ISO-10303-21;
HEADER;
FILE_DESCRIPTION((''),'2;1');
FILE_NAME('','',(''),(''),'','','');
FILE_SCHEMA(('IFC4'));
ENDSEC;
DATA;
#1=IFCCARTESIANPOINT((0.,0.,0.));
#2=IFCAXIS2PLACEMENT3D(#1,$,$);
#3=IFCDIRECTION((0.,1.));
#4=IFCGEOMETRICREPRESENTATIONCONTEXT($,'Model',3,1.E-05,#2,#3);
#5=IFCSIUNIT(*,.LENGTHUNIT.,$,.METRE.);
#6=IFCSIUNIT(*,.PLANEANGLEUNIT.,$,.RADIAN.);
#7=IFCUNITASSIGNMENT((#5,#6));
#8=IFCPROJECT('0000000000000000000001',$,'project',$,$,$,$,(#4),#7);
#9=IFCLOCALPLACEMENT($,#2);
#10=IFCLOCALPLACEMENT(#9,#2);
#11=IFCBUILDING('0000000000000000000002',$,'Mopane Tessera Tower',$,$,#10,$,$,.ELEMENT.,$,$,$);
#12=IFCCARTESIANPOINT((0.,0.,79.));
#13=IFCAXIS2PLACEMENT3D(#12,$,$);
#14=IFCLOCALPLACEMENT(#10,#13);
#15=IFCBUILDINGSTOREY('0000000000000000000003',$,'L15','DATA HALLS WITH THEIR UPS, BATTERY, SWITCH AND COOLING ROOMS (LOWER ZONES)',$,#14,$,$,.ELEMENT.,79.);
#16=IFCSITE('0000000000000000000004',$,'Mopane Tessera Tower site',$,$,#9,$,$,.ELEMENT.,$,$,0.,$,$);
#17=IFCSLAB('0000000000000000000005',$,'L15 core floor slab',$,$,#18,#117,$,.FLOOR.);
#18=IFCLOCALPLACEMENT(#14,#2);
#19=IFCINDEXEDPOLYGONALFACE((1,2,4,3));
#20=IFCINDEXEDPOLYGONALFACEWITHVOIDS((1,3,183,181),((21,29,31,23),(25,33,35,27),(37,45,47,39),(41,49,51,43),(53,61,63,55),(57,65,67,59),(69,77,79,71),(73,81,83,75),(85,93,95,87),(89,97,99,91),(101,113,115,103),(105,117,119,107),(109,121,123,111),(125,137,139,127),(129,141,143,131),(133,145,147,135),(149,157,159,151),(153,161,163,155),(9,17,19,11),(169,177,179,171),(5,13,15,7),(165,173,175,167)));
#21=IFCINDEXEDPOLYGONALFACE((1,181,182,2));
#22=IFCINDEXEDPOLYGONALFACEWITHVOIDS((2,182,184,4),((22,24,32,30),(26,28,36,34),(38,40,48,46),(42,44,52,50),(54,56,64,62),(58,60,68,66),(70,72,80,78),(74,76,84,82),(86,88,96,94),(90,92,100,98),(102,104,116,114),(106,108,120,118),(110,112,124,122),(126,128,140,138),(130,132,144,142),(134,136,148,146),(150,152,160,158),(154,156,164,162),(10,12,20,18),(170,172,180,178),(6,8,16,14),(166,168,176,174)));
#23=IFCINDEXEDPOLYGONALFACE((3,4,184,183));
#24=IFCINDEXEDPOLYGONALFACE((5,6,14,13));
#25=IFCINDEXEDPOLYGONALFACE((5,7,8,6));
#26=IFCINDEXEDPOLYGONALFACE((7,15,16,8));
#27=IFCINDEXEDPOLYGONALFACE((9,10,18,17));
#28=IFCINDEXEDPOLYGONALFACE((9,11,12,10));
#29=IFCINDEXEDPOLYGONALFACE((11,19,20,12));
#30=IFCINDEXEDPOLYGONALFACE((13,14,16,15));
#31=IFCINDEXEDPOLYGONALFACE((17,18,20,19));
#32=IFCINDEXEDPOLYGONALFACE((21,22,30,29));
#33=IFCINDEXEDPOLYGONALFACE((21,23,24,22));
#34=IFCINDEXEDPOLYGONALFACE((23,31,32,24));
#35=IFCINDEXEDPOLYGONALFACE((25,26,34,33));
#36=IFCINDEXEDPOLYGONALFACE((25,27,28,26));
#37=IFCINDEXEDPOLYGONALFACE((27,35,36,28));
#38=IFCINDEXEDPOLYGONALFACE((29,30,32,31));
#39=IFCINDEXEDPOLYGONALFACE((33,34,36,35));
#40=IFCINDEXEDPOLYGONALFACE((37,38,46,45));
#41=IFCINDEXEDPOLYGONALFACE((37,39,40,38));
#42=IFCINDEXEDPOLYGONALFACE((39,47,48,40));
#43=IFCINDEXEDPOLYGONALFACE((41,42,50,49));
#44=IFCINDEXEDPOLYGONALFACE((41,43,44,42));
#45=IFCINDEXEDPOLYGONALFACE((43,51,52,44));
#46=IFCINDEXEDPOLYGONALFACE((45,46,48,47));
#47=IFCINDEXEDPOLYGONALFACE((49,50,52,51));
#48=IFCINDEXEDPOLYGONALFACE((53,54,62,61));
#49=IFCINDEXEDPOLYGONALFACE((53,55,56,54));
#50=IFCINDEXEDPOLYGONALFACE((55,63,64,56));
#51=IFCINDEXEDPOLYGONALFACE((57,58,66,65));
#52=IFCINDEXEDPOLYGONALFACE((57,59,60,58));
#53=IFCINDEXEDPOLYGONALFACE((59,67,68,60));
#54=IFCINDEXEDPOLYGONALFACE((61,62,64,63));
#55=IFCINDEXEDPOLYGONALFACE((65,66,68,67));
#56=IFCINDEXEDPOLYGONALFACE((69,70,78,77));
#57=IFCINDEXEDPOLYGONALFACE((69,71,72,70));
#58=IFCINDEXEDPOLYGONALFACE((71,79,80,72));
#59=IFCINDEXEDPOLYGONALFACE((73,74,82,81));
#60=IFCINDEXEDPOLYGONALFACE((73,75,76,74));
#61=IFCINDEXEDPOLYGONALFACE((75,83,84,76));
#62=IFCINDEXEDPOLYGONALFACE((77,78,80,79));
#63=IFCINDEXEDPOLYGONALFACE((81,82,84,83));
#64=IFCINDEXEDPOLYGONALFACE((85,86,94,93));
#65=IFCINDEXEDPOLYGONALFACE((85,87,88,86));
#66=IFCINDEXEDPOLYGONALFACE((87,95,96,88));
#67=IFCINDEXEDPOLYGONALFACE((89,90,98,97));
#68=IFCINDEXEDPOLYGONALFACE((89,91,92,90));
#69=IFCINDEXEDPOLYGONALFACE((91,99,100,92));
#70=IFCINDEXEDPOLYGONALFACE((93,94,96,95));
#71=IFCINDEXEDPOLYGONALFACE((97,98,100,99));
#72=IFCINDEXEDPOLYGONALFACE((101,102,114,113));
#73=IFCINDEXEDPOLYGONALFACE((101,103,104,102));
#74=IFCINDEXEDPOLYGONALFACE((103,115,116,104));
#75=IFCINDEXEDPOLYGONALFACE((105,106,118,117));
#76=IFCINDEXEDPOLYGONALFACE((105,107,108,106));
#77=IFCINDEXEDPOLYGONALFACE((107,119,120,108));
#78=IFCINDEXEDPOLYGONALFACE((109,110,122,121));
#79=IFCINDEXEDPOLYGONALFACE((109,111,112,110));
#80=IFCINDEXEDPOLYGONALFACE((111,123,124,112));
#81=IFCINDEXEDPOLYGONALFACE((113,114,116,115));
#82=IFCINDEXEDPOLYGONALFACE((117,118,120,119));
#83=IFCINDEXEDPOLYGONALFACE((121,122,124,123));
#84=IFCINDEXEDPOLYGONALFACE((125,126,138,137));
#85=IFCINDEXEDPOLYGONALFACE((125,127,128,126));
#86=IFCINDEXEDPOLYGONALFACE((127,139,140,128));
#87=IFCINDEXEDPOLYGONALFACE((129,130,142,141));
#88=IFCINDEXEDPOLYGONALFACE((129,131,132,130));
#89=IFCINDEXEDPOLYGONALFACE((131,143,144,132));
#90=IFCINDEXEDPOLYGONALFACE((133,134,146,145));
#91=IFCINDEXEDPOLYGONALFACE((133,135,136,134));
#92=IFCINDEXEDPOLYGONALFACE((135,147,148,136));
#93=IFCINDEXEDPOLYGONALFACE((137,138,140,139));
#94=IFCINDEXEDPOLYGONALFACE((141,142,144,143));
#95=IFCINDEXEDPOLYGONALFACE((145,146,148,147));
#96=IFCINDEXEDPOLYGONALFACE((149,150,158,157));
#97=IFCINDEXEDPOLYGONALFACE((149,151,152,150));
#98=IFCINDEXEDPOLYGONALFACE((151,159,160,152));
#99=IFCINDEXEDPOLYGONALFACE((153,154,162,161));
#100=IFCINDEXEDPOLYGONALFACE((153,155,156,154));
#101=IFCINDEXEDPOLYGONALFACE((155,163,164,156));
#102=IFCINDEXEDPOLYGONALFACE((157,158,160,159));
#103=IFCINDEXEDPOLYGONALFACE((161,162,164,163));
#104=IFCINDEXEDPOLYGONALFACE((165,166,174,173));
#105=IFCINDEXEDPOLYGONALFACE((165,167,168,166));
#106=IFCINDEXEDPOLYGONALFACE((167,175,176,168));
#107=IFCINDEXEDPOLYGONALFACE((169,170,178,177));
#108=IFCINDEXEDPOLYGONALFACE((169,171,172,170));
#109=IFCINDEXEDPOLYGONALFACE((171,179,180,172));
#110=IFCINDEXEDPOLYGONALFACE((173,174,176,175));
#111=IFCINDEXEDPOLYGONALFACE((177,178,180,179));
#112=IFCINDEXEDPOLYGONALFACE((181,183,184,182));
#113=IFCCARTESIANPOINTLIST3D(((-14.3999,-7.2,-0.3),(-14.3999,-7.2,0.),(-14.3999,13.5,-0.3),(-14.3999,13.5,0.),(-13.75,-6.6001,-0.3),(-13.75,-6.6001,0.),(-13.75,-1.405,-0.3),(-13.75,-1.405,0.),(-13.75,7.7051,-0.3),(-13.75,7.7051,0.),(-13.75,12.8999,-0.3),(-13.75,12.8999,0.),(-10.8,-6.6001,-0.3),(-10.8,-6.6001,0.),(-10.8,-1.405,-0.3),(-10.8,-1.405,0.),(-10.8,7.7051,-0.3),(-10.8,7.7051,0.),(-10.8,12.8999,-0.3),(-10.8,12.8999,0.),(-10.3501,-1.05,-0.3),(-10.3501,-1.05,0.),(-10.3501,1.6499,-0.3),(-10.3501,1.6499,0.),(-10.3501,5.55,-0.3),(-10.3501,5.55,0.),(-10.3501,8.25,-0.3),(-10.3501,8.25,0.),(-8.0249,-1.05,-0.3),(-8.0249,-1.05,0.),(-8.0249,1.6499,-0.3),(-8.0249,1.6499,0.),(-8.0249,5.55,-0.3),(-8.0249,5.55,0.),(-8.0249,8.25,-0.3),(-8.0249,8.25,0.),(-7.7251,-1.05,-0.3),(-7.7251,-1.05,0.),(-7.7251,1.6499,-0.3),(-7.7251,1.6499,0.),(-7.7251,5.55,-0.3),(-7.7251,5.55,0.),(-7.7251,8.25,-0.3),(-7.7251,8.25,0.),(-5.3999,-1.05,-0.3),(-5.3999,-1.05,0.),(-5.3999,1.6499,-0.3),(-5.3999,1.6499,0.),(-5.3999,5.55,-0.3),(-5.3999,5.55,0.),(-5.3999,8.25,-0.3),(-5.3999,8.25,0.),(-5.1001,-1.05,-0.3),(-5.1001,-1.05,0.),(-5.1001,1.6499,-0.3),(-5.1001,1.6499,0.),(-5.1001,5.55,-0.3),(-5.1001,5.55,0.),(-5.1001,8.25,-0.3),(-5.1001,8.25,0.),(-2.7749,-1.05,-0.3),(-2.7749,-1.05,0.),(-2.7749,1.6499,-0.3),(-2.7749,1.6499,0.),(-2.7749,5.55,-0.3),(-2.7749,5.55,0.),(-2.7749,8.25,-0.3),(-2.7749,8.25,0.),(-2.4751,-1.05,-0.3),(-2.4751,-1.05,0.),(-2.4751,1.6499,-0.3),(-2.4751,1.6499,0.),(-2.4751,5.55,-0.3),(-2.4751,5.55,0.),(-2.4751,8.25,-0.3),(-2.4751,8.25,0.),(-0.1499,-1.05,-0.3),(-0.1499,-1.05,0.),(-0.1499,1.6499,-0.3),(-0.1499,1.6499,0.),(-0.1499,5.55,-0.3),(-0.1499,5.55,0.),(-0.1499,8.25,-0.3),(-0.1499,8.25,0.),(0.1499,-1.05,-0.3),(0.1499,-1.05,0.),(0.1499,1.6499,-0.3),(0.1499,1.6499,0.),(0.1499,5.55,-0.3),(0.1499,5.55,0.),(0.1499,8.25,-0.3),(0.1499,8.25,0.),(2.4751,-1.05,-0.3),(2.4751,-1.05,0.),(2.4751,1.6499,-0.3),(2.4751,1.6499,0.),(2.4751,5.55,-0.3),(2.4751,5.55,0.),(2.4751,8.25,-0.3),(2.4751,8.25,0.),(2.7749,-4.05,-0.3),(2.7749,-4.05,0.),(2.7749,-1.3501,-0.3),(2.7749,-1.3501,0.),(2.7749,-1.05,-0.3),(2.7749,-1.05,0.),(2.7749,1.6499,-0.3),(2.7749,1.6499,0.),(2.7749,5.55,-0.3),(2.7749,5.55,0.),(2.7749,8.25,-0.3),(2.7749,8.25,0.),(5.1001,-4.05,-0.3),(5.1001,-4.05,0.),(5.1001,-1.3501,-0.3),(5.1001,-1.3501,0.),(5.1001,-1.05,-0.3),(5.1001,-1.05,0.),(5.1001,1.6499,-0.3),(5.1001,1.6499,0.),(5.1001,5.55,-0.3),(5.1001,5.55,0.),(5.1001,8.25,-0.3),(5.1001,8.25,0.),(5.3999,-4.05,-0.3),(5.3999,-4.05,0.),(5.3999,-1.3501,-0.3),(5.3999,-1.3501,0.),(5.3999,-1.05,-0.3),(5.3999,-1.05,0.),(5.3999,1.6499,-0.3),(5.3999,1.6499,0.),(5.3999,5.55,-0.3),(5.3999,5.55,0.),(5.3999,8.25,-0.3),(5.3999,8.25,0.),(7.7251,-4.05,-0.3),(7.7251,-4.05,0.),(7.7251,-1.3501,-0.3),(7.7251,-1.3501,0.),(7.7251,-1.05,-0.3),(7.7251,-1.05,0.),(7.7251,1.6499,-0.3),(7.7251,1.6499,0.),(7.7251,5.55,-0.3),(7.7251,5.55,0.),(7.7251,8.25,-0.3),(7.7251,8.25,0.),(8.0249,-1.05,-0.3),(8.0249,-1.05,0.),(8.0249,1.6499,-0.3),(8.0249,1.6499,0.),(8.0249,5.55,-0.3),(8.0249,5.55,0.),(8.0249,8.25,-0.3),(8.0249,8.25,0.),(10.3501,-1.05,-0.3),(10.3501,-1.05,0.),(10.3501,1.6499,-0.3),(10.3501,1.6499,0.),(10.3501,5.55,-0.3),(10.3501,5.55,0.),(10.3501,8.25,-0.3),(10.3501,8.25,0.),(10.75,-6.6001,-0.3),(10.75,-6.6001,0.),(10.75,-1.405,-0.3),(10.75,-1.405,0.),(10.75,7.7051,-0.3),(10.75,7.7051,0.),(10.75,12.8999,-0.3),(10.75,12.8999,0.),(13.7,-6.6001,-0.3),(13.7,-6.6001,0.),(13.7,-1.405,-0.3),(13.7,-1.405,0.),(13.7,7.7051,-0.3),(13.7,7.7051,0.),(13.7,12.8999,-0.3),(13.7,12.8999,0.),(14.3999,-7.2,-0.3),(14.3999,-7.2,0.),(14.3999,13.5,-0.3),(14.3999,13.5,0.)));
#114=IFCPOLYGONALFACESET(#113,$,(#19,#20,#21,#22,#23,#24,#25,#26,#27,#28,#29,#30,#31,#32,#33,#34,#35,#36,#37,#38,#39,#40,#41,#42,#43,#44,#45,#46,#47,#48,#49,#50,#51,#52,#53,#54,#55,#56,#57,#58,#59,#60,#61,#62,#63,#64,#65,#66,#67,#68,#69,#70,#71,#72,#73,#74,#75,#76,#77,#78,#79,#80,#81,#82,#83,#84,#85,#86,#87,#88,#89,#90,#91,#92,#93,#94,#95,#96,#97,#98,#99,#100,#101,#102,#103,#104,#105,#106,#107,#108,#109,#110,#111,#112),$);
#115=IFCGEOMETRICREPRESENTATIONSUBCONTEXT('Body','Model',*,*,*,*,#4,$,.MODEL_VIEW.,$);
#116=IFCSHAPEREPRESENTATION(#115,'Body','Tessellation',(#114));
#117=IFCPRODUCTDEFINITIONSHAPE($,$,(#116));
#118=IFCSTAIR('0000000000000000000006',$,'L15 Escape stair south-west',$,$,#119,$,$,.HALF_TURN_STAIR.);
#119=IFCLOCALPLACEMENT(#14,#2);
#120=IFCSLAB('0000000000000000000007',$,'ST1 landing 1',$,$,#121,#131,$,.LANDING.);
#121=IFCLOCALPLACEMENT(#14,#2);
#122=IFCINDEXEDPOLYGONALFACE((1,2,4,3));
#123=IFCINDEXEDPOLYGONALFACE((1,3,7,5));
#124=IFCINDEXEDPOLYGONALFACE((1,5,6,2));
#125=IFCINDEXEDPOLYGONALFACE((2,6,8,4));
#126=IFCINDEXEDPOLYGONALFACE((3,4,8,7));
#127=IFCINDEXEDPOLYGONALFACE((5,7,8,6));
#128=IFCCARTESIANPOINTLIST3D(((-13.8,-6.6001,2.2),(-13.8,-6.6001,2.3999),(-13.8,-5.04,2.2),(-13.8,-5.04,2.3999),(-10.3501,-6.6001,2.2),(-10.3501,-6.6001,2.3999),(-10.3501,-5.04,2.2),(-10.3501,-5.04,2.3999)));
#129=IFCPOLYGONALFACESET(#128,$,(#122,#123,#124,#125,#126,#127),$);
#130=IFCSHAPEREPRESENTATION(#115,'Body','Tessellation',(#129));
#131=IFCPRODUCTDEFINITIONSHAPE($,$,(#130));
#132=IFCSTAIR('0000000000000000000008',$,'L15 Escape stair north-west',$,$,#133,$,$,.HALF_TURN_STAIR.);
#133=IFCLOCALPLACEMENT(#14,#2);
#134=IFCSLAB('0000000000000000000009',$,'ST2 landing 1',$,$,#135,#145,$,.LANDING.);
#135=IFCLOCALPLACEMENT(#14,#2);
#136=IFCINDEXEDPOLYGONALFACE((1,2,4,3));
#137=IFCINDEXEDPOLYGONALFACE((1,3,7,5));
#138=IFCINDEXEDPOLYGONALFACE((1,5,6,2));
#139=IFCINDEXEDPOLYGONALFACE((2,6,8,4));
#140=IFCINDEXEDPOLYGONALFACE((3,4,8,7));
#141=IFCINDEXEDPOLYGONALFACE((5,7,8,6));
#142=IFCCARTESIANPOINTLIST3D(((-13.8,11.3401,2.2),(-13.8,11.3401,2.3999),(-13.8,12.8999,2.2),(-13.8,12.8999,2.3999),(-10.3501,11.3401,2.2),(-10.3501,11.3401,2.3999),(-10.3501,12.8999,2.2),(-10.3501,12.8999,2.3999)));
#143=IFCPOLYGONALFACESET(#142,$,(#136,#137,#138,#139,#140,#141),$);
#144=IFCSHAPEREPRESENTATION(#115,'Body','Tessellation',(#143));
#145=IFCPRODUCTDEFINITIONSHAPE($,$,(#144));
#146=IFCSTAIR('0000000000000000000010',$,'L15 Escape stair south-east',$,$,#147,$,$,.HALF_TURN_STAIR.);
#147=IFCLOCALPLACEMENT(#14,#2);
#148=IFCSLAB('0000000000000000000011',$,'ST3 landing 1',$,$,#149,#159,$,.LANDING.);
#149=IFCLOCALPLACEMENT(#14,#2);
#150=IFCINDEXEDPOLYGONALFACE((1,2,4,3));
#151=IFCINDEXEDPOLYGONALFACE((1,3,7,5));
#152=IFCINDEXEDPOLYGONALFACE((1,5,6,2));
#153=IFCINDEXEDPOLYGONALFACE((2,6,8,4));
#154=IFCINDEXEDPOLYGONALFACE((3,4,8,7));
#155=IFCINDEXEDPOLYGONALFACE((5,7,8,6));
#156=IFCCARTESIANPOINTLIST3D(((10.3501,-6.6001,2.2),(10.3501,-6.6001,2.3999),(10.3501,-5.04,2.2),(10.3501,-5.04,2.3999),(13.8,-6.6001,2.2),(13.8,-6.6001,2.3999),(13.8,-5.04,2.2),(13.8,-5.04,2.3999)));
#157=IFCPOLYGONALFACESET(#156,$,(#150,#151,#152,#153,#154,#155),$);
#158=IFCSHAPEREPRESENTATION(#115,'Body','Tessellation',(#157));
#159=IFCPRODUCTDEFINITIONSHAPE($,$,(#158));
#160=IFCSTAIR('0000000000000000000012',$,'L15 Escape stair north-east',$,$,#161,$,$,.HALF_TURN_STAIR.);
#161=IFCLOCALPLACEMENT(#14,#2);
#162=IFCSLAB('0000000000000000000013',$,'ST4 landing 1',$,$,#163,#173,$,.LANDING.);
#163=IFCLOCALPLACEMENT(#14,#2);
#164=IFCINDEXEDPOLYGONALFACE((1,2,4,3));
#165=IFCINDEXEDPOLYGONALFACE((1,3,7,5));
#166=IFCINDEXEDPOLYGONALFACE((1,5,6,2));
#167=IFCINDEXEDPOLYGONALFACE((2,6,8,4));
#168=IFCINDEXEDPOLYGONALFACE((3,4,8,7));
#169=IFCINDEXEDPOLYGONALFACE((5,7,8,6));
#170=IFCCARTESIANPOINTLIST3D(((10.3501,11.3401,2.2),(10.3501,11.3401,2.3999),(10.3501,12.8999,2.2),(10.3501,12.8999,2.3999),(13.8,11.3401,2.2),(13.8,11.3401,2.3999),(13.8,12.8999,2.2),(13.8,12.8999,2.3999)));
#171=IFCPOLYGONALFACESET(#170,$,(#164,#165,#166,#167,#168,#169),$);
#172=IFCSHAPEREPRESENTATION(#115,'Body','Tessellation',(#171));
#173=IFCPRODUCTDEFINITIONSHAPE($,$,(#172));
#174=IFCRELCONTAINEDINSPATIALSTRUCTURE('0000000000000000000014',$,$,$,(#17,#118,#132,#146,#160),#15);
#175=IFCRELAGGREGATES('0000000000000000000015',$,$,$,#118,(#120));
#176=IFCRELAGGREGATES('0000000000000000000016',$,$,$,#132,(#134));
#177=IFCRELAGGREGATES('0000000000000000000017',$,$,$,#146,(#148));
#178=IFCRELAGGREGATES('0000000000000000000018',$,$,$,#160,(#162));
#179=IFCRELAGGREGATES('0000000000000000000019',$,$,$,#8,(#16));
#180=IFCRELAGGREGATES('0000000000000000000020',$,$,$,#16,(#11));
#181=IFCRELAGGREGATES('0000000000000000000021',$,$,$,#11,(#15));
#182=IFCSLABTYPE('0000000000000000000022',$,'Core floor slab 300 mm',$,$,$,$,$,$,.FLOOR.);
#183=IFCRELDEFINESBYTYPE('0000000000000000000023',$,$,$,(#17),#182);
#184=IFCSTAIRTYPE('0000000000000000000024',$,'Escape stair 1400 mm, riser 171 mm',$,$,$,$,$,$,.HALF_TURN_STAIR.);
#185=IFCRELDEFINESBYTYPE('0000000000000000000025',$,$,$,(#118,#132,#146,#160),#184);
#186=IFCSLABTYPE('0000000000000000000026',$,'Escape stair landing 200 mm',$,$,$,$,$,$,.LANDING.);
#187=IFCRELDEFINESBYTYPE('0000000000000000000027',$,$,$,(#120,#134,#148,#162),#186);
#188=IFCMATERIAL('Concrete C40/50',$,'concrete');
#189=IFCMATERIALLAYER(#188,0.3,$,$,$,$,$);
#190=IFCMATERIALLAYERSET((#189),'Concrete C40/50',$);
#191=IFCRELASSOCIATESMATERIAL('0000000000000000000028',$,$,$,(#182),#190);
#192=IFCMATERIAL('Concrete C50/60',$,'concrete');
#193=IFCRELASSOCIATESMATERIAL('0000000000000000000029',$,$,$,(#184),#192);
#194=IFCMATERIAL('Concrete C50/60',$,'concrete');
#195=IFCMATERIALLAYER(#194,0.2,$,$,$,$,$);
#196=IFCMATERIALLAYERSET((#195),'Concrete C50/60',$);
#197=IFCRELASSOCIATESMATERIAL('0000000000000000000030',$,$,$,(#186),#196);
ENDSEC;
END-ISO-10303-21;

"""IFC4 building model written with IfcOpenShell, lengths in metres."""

from ifc_helpers import new_model, si_unit, direction, frame, origin, place, context, subcontext, project, spatial, polyline, outline, extrude, material, layer, layer_set, type_object, element, aggregate, save


model = new_model("IFC4")

# Units and contexts
model_context = context("Model", 3, precision=1e-05, world=origin(), true_north=direction((0.0, 1.0)))
body_context = subcontext(model_context, "Body", "Model", "MODEL_VIEW")
ifc_project = project(units=[si_unit("LENGTHUNIT", "METRE"), si_unit("PLANEANGLEUNIT", "RADIAN")], contexts=[model_context])

# Site, building, storey
site_placement = place(None, origin())
site = spatial("IfcSite", under=ifc_project, at=site_placement, Name="Mopane Tessera Tower site", CompositionType="ELEMENT", RefElevation=0.0)
building_placement = place(site_placement, origin())
building = spatial("IfcBuilding", under=site, at=building_placement, Name="Mopane Tessera Tower", CompositionType="ELEMENT")
storey_placement = place(building_placement, frame((0.0, 0.0, 79.0)))
storey = spatial("IfcBuildingStorey", under=building, at=storey_placement, Name="L15", Description="DATA HALLS WITH THEIR UPS, BATTERY, SWITCH AND COOLING ROOMS (LOWER ZONES)", CompositionType="ELEMENT", Elevation=79.0)

# Slab
ifc_material_1 = material(Name="Concrete C40/50", Category="concrete")
ifc_layer_1 = layer(ifc_material_1, 0.3)
ifc_layer_set_1 = layer_set([ifc_layer_1], Name="Concrete C40/50")
slab_type_1 = type_object("IfcSlabType", Name="Core floor slab 300 mm", PredefinedType="FLOOR", material=ifc_layer_set_1)
slab_1_placement = place(storey_placement, frame((0.0, 0.0, -0.3)))
element("IfcSlab", 1, at=slab_1_placement, inside=storey, type_object=slab_type_1, Name="L15 core floor slab", PredefinedType="FLOOR", context=body_context, shape_type="SweptSolid", body=[
    extrude(outline(polyline([(-14.3999, -7.2), (14.3999, -7.2), (14.3999, 13.5), (-14.3999, 13.5), (-14.3999, -7.2)]), holes=[polyline([(-10.3501, -1.05), (-8.0249, -1.05), (-8.0249, 1.6499), (-10.3501, 1.6499), (-10.3501, -1.05)]), polyline([(-7.7251, -1.05), (-5.3999, -1.05), (-5.3999, 1.6499), (-7.7251, 1.6499), (-7.7251, -1.05)]), polyline([(-5.1001, -1.05), (-2.7749, -1.05), (-2.7749, 1.6499), (-5.1001, 1.6499), (-5.1001, -1.05)]), polyline([(-2.4751, -1.05), (-0.1499, -1.05), (-0.1499, 1.6499), (-2.4751, 1.6499), (-2.4751, -1.05)]), polyline([(0.1499, -1.05), (2.4751, -1.05), (2.4751, 1.6499), (0.1499, 1.6499), (0.1499, -1.05)]), polyline([(2.7749, -1.05), (5.1001, -1.05), (5.1001, 1.6499), (2.7749, 1.6499), (2.7749, -1.05)]), polyline([(5.3999, -1.05), (7.7251, -1.05), (7.7251, 1.6499), (5.3999, 1.6499), (5.3999, -1.05)]), polyline([(8.0249, -1.05), (10.3501, -1.05), (10.3501, 1.6499), (8.0249, 1.6499), (8.0249, -1.05)]), polyline([(-10.3501, 5.55), (-8.0249, 5.55), (-8.0249, 8.25), (-10.3501, 8.25), (-10.3501, 5.55)]), polyline([(-7.7251, 5.55), (-5.3999, 5.55), (-5.3999, 8.25), (-7.7251, 8.25), (-7.7251, 5.55)]), polyline([(-5.1001, 5.55), (-2.7749, 5.55), (-2.7749, 8.25), (-5.1001, 8.25), (-5.1001, 5.55)]), polyline([(-2.4751, 5.55), (-0.1499, 5.55), (-0.1499, 8.25), (-2.4751, 8.25), (-2.4751, 5.55)]), polyline([(0.1499, 5.55), (2.4751, 5.55), (2.4751, 8.25), (0.1499, 8.25), (0.1499, 5.55)]), polyline([(2.7749, 5.55), (5.1001, 5.55), (5.1001, 8.25), (2.7749, 8.25), (2.7749, 5.55)]), polyline([(5.3999, 5.55), (7.7251, 5.55), (7.7251, 8.25), (5.3999, 8.25), (5.3999, 5.55)]), polyline([(8.0249, 5.55), (10.3501, 5.55), (10.3501, 8.25), (8.0249, 8.25), (8.0249, 5.55)]), polyline([(2.7749, -4.05), (5.1001, -4.05), (5.1001, -1.3501), (2.7749, -1.3501), (2.7749, -4.05)]), polyline([(5.3999, -4.05), (7.7251, -4.05), (7.7251, -1.3501), (5.3999, -1.3501), (5.3999, -4.05)]), polyline([(-13.75, -1.405), (-13.75, -6.6001), (-10.8, -6.6001), (-10.8, -1.405), (-13.75, -1.405)]), polyline([(-10.8, 7.7051), (-10.8, 12.8999), (-13.75, 12.8999), (-13.75, 7.7051), (-10.8, 7.7051)]), polyline([(10.75, -1.405), (10.75, -6.6001), (13.7, -6.6001), (13.7, -1.405), (10.75, -1.405)]), polyline([(13.7, 7.7051), (13.7, 12.8999), (10.75, 12.8999), (10.75, 7.7051), (13.7, 7.7051)])]), origin(), (0.0, 0.0, 1.0), 0.3),
])

# Stairs, slabs
ifc_material_2 = material(Name="Concrete C50/60", Category="concrete")
stair_type = type_object("IfcStairType", Name="Escape stair 1400 mm, riser 171 mm", PredefinedType="HALF_TURN_STAIR", material=ifc_material_2)
stair_1_placement = place(storey_placement, origin())
stair_1 = element("IfcStair", 2, at=stair_1_placement, inside=storey, type_object=stair_type, Name="L15 Escape stair south-west", PredefinedType="HALF_TURN_STAIR")
ifc_material_3 = material(Name="Concrete C50/60", Category="concrete")
ifc_layer_2 = layer(ifc_material_3, 0.2)
ifc_layer_set_2 = layer_set([ifc_layer_2], Name="Concrete C50/60")
slab_type_2 = type_object("IfcSlabType", Name="Escape stair landing 200 mm", PredefinedType="LANDING", material=ifc_layer_set_2)
slab_2_placement = place(storey_placement, frame((0.0, 0.0, 2.2)))
slab_2 = element("IfcSlab", 3, at=slab_2_placement, type_object=slab_type_2, Name="ST1 landing 1", PredefinedType="LANDING", context=body_context, shape_type="SweptSolid", body=[
    extrude(outline(polyline([(-13.8, -5.04), (-13.8, -6.6001), (-10.3501, -6.6001), (-10.3501, -5.04), (-13.8, -5.04)])), origin(), (0.0, 0.0, 1.0), 0.2),
])
aggregate(stair_1, [slab_2])
stair_2_placement = place(storey_placement, origin())
stair_2 = element("IfcStair", 4, at=stair_2_placement, inside=storey, type_object=stair_type, Name="L15 Escape stair north-west", PredefinedType="HALF_TURN_STAIR")
slab_3_placement = place(storey_placement, frame((0.0, 0.0, 2.2)))
slab_3 = element("IfcSlab", 5, at=slab_3_placement, type_object=slab_type_2, Name="ST2 landing 1", PredefinedType="LANDING", context=body_context, shape_type="SweptSolid", body=[
    extrude(outline(polyline([(-10.3501, 11.3401), (-10.3501, 12.8999), (-13.8, 12.8999), (-13.8, 11.3401), (-10.3501, 11.3401)])), origin(), (0.0, 0.0, 1.0), 0.2),
])
aggregate(stair_2, [slab_3])
stair_3_placement = place(storey_placement, origin())
stair_3 = element("IfcStair", 6, at=stair_3_placement, inside=storey, type_object=stair_type, Name="L15 Escape stair south-east", PredefinedType="HALF_TURN_STAIR")
slab_4_placement = place(storey_placement, frame((0.0, 0.0, 2.2)))
slab_4 = element("IfcSlab", 7, at=slab_4_placement, type_object=slab_type_2, Name="ST3 landing 1", PredefinedType="LANDING", context=body_context, shape_type="SweptSolid", body=[
    extrude(outline(polyline([(10.3501, -5.04), (10.3501, -6.6001), (13.8, -6.6001), (13.8, -5.04), (10.3501, -5.04)])), origin(), (0.0, 0.0, 1.0), 0.2),
])
aggregate(stair_3, [slab_4])
stair_4_placement = place(storey_placement, origin())
stair_4 = element("IfcStair", 8, at=stair_4_placement, inside=storey, type_object=stair_type, Name="L15 Escape stair north-east", PredefinedType="HALF_TURN_STAIR")
slab_5_placement = place(storey_placement, frame((0.0, 0.0, 2.2)))
slab_5 = element("IfcSlab", 9, at=slab_5_placement, type_object=slab_type_2, Name="ST4 landing 1", PredefinedType="LANDING", context=body_context, shape_type="SweptSolid", body=[
    extrude(outline(polyline([(13.8, 11.3401), (13.8, 12.8999), (10.3501, 12.8999), (10.3501, 11.3401), (13.8, 11.3401)])), origin(), (0.0, 0.0, 1.0), 0.2),
])

aggregate(stair_4, [slab_5])

save(model, "model.ifc")
